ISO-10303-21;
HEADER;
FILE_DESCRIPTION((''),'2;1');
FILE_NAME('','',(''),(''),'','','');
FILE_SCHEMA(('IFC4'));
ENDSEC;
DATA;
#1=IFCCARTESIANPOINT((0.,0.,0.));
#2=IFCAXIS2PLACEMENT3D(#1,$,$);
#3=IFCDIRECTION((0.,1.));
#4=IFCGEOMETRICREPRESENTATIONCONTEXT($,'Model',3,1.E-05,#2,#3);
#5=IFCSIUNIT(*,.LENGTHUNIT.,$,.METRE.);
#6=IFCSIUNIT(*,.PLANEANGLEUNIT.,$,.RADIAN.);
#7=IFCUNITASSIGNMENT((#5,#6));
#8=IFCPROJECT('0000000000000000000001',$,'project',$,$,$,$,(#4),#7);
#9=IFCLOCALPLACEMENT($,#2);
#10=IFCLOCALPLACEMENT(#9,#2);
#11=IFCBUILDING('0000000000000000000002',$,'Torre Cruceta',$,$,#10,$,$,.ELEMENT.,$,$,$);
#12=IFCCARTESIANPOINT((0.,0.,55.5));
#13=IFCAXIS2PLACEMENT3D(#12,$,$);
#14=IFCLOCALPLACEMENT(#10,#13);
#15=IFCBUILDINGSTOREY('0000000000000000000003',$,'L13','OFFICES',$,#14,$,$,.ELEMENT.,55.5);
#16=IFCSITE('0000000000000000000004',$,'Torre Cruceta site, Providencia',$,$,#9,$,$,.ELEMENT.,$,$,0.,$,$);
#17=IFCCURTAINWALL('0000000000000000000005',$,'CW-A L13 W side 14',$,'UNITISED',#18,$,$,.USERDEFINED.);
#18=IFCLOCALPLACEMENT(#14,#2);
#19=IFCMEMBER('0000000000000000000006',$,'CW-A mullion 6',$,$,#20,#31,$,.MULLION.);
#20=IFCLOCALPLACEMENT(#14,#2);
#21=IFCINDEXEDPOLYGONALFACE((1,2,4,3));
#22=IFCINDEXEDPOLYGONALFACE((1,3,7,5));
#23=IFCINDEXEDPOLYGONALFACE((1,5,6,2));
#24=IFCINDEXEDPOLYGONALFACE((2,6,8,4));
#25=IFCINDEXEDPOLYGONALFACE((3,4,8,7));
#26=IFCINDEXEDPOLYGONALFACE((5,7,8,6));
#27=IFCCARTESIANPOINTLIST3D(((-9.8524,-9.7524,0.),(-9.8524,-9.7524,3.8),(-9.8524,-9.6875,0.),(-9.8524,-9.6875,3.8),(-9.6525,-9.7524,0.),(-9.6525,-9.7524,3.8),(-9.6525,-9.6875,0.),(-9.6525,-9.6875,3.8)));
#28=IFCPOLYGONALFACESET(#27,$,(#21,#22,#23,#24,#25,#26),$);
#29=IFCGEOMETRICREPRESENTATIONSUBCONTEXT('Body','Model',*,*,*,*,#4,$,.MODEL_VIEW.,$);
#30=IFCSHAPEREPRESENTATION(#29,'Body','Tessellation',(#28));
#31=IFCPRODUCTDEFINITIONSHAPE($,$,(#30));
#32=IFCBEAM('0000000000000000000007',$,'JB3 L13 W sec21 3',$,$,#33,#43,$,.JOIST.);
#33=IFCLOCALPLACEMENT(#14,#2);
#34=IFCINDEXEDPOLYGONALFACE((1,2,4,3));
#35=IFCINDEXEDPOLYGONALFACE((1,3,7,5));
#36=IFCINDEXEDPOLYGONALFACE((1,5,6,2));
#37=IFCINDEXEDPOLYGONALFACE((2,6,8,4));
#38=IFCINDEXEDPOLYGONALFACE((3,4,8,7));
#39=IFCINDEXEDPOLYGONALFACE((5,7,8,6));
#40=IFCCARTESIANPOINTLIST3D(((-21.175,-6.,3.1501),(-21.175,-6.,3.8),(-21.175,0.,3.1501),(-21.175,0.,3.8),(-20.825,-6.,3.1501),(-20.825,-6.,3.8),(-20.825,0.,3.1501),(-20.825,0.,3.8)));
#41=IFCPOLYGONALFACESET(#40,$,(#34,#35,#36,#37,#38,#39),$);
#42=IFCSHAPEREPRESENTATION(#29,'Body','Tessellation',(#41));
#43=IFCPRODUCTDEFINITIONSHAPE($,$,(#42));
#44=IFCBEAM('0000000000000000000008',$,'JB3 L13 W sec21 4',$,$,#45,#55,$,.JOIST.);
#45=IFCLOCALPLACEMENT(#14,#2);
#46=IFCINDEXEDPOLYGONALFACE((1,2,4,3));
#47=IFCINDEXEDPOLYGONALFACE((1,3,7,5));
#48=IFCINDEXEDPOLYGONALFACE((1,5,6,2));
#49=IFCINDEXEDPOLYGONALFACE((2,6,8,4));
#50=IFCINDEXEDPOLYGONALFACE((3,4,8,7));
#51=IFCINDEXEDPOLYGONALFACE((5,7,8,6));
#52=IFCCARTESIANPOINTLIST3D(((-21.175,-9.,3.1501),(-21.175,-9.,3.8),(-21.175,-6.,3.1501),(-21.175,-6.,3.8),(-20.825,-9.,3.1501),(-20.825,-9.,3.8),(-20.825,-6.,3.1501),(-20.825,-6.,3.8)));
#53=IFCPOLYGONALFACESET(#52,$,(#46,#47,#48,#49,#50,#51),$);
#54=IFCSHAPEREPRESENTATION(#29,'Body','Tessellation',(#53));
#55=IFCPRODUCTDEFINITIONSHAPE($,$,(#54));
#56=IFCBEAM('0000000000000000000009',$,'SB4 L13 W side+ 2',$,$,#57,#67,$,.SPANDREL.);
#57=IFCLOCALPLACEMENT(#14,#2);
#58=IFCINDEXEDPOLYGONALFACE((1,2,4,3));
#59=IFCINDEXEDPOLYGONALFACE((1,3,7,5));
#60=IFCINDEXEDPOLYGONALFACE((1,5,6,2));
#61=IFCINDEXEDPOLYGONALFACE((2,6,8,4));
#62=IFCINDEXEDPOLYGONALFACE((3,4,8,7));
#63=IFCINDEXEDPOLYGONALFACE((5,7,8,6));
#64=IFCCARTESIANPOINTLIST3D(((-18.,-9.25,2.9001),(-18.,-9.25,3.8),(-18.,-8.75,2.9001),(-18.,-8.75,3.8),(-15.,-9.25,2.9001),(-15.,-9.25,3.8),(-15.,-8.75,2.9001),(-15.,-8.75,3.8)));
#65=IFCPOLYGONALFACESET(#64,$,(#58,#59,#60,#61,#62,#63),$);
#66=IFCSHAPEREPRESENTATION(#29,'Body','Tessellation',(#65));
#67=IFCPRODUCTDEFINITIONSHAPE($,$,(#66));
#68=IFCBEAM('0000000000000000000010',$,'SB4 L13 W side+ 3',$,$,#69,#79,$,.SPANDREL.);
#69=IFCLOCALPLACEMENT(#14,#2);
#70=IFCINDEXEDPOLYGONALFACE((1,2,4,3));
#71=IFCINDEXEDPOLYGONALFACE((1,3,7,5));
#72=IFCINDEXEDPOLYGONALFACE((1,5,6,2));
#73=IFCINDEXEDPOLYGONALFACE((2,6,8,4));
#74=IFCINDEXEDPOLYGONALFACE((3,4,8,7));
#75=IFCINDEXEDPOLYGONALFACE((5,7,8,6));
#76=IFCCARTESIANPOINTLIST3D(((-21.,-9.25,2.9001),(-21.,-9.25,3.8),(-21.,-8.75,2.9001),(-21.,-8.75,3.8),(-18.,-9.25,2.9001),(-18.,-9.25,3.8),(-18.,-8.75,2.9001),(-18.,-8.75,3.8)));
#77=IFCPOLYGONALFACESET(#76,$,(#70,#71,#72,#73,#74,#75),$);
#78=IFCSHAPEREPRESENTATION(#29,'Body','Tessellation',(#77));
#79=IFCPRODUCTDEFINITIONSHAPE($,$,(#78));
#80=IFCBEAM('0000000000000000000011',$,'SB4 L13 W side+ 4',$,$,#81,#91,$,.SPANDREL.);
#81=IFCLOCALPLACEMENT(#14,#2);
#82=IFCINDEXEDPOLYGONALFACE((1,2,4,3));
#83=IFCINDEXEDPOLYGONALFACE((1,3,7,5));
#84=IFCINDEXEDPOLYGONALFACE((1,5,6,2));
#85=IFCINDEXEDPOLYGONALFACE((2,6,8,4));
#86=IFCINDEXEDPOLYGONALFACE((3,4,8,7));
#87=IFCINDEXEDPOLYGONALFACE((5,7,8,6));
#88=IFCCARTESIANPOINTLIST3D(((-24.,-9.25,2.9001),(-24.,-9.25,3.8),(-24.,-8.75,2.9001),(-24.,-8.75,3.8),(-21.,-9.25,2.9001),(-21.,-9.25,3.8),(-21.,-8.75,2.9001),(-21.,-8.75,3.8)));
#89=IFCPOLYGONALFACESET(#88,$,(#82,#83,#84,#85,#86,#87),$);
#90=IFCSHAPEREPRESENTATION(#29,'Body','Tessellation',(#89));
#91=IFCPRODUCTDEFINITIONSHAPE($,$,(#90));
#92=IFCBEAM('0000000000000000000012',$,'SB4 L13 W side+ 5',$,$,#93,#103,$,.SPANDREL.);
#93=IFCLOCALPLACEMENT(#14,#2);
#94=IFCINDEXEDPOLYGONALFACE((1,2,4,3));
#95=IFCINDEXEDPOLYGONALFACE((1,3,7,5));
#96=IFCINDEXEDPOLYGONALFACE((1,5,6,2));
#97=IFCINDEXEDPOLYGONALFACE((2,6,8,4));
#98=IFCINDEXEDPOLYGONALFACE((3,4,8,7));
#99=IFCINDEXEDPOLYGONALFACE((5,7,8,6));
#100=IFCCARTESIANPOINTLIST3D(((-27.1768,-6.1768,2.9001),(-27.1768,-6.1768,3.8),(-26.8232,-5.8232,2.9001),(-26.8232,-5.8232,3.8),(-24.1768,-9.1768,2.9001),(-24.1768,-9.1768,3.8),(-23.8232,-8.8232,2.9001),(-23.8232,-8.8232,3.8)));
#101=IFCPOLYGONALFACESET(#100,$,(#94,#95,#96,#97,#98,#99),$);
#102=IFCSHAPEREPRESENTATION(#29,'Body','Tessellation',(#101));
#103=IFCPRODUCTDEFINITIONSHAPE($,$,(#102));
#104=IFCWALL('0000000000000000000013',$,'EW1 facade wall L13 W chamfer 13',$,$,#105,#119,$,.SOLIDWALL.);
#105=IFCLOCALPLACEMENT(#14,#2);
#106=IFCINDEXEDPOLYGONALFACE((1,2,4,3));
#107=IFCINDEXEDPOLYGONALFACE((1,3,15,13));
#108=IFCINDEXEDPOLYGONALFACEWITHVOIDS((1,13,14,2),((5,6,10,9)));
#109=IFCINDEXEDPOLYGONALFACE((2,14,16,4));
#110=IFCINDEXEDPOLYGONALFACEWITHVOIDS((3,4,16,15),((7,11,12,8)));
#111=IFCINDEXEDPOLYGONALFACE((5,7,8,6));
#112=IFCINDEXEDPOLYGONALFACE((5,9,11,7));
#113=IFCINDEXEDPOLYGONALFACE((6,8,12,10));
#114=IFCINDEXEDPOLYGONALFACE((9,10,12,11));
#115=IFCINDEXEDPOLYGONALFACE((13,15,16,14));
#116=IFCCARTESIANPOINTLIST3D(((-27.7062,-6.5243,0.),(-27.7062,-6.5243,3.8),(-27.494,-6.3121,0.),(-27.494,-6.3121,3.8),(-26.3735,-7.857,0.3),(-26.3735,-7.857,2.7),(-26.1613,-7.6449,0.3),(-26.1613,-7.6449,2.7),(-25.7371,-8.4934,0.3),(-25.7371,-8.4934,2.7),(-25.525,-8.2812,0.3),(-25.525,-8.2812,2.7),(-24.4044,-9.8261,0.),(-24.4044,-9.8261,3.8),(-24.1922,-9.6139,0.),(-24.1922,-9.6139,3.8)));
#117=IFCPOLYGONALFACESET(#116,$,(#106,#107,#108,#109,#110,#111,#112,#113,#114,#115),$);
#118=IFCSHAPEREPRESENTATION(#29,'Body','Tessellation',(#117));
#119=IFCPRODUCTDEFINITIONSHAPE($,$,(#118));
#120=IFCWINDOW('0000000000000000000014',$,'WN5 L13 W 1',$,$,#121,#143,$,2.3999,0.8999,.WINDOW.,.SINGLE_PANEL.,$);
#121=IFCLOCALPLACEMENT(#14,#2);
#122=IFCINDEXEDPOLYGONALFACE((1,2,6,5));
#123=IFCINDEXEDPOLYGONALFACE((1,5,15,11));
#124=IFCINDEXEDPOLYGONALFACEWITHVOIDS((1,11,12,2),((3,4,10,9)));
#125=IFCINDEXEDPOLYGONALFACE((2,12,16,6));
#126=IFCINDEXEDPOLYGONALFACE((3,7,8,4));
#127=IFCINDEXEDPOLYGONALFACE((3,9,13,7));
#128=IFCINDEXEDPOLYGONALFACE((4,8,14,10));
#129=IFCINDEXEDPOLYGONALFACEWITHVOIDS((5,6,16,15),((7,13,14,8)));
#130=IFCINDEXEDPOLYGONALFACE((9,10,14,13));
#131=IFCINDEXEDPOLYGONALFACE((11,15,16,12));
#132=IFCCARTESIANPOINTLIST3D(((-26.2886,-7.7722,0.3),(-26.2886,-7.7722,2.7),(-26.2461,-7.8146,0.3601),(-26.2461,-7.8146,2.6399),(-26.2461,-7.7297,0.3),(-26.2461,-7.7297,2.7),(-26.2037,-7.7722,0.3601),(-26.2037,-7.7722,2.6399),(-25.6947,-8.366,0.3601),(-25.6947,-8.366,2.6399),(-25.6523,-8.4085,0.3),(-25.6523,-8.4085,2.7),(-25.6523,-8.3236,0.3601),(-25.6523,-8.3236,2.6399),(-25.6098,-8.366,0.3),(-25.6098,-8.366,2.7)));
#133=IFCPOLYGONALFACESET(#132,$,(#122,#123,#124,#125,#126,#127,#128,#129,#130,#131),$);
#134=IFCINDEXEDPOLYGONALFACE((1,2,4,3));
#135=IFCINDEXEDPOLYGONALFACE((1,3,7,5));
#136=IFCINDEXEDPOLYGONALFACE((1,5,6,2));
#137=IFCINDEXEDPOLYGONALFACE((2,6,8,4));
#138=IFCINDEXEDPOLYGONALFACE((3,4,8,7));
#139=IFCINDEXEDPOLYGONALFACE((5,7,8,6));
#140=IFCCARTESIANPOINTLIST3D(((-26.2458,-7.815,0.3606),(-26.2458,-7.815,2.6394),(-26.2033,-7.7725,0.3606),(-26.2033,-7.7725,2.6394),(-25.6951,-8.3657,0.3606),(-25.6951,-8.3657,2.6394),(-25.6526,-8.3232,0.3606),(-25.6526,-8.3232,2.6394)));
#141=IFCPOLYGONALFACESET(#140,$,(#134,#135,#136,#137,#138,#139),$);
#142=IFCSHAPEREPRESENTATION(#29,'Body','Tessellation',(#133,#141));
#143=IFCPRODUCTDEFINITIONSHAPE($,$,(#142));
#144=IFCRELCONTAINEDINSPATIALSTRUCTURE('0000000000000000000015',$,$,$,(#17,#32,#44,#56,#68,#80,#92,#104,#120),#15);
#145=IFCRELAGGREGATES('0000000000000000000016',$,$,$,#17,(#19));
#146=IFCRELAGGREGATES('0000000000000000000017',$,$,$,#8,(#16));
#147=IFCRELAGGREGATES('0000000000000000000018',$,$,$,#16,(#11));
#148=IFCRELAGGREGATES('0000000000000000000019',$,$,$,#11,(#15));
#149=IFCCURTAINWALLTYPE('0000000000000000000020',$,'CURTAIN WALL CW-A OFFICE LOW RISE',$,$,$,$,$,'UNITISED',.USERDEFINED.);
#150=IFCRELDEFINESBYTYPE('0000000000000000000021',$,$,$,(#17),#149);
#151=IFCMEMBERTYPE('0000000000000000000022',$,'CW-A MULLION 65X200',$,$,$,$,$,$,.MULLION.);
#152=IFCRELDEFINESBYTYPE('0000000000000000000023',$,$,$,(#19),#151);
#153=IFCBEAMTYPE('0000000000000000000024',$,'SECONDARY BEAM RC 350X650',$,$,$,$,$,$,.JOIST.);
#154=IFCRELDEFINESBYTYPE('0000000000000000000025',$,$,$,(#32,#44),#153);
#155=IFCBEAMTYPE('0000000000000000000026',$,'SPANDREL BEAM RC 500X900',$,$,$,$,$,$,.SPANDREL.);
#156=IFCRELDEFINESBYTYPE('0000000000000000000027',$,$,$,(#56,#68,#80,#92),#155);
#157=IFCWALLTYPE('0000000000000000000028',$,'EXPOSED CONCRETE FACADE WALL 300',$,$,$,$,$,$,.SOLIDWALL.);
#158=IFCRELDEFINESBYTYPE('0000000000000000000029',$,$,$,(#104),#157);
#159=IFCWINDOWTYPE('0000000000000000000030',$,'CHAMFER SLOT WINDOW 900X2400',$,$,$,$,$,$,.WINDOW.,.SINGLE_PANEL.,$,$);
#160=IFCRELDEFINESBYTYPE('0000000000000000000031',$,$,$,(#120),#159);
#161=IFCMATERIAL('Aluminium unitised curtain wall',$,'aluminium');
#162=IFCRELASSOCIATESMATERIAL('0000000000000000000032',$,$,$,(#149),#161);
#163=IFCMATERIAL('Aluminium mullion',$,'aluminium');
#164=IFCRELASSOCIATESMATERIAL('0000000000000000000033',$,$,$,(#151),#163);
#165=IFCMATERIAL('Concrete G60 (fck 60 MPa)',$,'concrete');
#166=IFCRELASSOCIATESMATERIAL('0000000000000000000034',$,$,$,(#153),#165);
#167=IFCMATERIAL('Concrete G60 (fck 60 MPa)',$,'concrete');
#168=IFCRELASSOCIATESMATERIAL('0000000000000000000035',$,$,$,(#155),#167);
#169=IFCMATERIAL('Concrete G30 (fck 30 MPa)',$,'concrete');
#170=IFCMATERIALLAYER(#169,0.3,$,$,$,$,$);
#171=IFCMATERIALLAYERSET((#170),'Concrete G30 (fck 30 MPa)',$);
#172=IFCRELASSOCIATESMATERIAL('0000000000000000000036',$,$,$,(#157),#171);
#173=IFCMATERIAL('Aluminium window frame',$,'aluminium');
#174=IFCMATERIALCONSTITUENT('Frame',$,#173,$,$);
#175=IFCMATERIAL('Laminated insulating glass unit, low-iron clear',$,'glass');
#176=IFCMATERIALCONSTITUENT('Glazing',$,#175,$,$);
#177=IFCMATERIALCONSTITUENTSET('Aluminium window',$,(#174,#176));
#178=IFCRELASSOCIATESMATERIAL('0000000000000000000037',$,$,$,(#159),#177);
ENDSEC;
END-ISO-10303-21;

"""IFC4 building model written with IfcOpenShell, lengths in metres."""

from ifc_helpers import new_model, si_unit, direction, frame, frame_2d, origin, origin_2d, place, context, subcontext, project, spatial, rectangle, hollow_rectangle, extrude, material, layer, layer_set, constituent, constituent_set, material_profile, profile_set, type_object, element, fill, aggregate, save


model = new_model("IFC4")

# Units and contexts
model_context = context("Model", 3, precision=1e-05, world=origin(), true_north=direction((0.0, 1.0)))
body_context = subcontext(model_context, "Body", "Model", "MODEL_VIEW")
ifc_project = project(units=[si_unit("LENGTHUNIT", "METRE"), si_unit("PLANEANGLEUNIT", "RADIAN")], contexts=[model_context])

# Site, building, storey
site_placement = place(None, origin())
site = spatial("IfcSite", under=ifc_project, at=site_placement, Name="Torre Cruceta site, Providencia", CompositionType="ELEMENT", RefElevation=0.0)
building_placement = place(site_placement, origin())
building = spatial("IfcBuilding", under=site, at=building_placement, Name="Torre Cruceta", CompositionType="ELEMENT")
storey_placement = place(building_placement, frame((0.0, 0.0, 55.5)))
storey = spatial("IfcBuildingStorey", under=building, at=storey_placement, Name="L13", Description="OFFICES", CompositionType="ELEMENT", Elevation=55.5)

# Curtain wall, member
ifc_material_1 = material(Name="Aluminium unitised curtain wall", Category="aluminium")
curtain_wall_type = type_object("IfcCurtainWallType", Name="CURTAIN WALL CW-A OFFICE LOW RISE", ElementType="UNITISED", PredefinedType="USERDEFINED", material=ifc_material_1)
curtain_wall_placement = place(storey_placement, origin())
curtain_wall = element("IfcCurtainWall", 1, at=curtain_wall_placement, inside=storey, type_object=curtain_wall_type, Name="CW-A L13 W side 14", ObjectType="UNITISED", PredefinedType="USERDEFINED")
ifc_material_2 = material(Name="Aluminium mullion", Category="aluminium")
ifc_material_profile_1 = material_profile(ifc_material_2, rectangle(XDim=0.0649, YDim=0.2, at=origin_2d()), Name="AL 65X200")
ifc_profile_set_1 = profile_set([ifc_material_profile_1], Name="Aluminium mullion")
member_type = type_object("IfcMemberType", Name="CW-A MULLION 65X200", PredefinedType="MULLION", material=ifc_profile_set_1)
member_placement = place(storey_placement, frame((-9.7524, -9.72, 0.0), z_axis=(0.0, 0.0, 1.0), x_axis=(0.0, 1.0, 0.0)))
member = element("IfcMember", 2, at=member_placement, type_object=member_type, Name="CW-A mullion 6", PredefinedType="MULLION", context=body_context, shape_type="SweptSolid", body=[
    extrude(rectangle(XDim=0.0649, YDim=0.2, at=origin_2d()), origin(), (0.0, 0.0, 1.0), 3.8),
])
aggregate(curtain_wall, [member])

# Beams
ifc_material_3 = material(Name="Concrete G60 (fck 60 MPa)", Category="concrete")
ifc_material_profile_2 = material_profile(ifc_material_3, rectangle(XDim=0.3501, YDim=0.6499, at=origin_2d()), Name="RC 350X650")
ifc_profile_set_2 = profile_set([ifc_material_profile_2], Name="Concrete G60 (fck 60 MPa)")
beam_type_1 = type_object("IfcBeamType", Name="SECONDARY BEAM RC 350X650", PredefinedType="JOIST", material=ifc_profile_set_2)
beam_1_placement = place(storey_placement, frame((-21.0, 0.0, 3.4751), z_axis=(0.0, -1.0, 0.0), x_axis=(1.0, 0.0, 0.0)))
element("IfcBeam", 3, at=beam_1_placement, inside=storey, type_object=beam_type_1, Name="JB3 L13 W sec21 3", PredefinedType="JOIST", context=body_context, shape_type="SweptSolid", body=[
    extrude(rectangle(XDim=0.3501, YDim=0.6499, at=origin_2d()), origin(), (0.0, 0.0, 1.0), 6.0),
])
beam_2_placement = place(storey_placement, frame((-21.0, -6.0, 3.4751), z_axis=(0.0, -1.0, 0.0), x_axis=(1.0, 0.0, 0.0)))
element("IfcBeam", 4, at=beam_2_placement, inside=storey, type_object=beam_type_1, Name="JB3 L13 W sec21 4", PredefinedType="JOIST", context=body_context, shape_type="SweptSolid", body=[
    extrude(rectangle(XDim=0.3501, YDim=0.6499, at=origin_2d()), origin(), (0.0, 0.0, 1.0), 3.0),
])
ifc_material_4 = material(Name="Concrete G60 (fck 60 MPa)", Category="concrete")
ifc_material_profile_3 = material_profile(ifc_material_4, rectangle(XDim=0.5, YDim=0.8999, at=origin_2d()), Name="RC 500X900")
ifc_profile_set_3 = profile_set([ifc_material_profile_3], Name="Concrete G60 (fck 60 MPa)")
beam_type_2 = type_object("IfcBeamType", Name="SPANDREL BEAM RC 500X900", PredefinedType="SPANDREL", material=ifc_profile_set_3)
for number, where, z_axis, x_axis, name in (
    (5, (-15.0, -9.0, 3.3501), (-1.0, 0.0, 0.0), (0.0, -1.0, 0.0), "SB4 L13 W side+ 2"),
    (6, (-18.0, -9.0, 3.3501), (-1.0, 0.0, 0.0), (0.0, -1.0, 0.0), "SB4 L13 W side+ 3"),
    (7, (-21.0, -9.0, 3.3501), (-1.0, 0.0, 0.0), (0.0, -1.0, 0.0), "SB4 L13 W side+ 4"),
):
    element("IfcBeam", number, at=place(storey_placement, frame(where, z_axis=z_axis, x_axis=x_axis)), inside=storey, type_object=beam_type_2, Name=name, PredefinedType="SPANDREL", context=body_context, shape_type="SweptSolid", body=[
        extrude(rectangle(XDim=0.5, YDim=0.8999, at=origin_2d()), origin(), (0.0, 0.0, 1.0), 3.0),
    ])
beam_3_placement = place(storey_placement, frame((-24.0, -9.0, 3.3501), z_axis=(-0.707107, 0.707107, 0.0), x_axis=(-0.707107, -0.707107, 0.0)))
element("IfcBeam", 8, at=beam_3_placement, inside=storey, type_object=beam_type_2, Name="SB4 L13 W side+ 5", PredefinedType="SPANDREL", context=body_context, shape_type="SweptSolid", body=[
    extrude(rectangle(XDim=0.5, YDim=0.8999, at=origin_2d()), origin(), (0.0, 0.0, 1.0), 4.2427),
])

# Wall, opening, window
ifc_material_5 = material(Name="Concrete G30 (fck 30 MPa)", Category="concrete")
ifc_layer_1 = layer(ifc_material_5, 0.3)
ifc_layer_set_1 = layer_set([ifc_layer_1], Name="Concrete G30 (fck 30 MPa)")
wall_type_1 = type_object("IfcWallType", Name="EXPOSED CONCRETE FACADE WALL 300", PredefinedType="SOLIDWALL", material=ifc_layer_set_1)
wall_1_placement = place(storey_placement, frame((-27.6001, -6.4182, 0.0), z_axis=(0.0, 0.0, 1.0), x_axis=(0.707107, -0.707107, 0.0)))
wall_1 = element("IfcWall", 9, at=wall_1_placement, inside=storey, type_object=wall_type_1, Name="EW1 facade wall L13 W chamfer 13", PredefinedType="SOLIDWALL", context=body_context, shape_type="SweptSolid", body=[
    extrude(rectangle(XDim=4.6694, YDim=0.3, at=frame_2d((2.3347, 0.0))), origin(), (0.0, 0.0, 1.0), 3.8),
])
opening_1_placement = place(wall_1_placement, frame((1.8848, 0.0, 0.3)))
opening_1 = element("IfcOpeningElement", 10, at=opening_1_placement, cuts=wall_1, PredefinedType="OPENING", context=body_context, shape_type="SweptSolid", body=[
    extrude(rectangle(XDim=0.8999, YDim=2.3999, at=frame_2d((0.45, 1.2))), frame((0.0, 0.1599, 0.0), z_axis=(0.0, -1.0, 0.0), x_axis=(1.0, 0.0, 0.0)), (0.0, 0.0, 1.0), 0.3201),
])
ifc_material_6 = material(Name="Aluminium window frame", Category="aluminium")
ifc_constituent_1 = constituent(ifc_material_6, Name="Frame")
ifc_material_7 = material(Name="Laminated insulating glass unit, low-iron clear", Category="glass")
ifc_constituent_2 = constituent(ifc_material_7, Name="Glazing")
ifc_constituent_set_1 = constituent_set(constituents=[ifc_constituent_1, ifc_constituent_2], Name="Aluminium window")
window_type = type_object("IfcWindowType", Name="CHAMFER SLOT WINDOW 900X2400", PartitioningType="SINGLE_PANEL", PredefinedType="WINDOW", material=ifc_constituent_set_1)
window_placement = place(opening_1_placement, origin())
window = element("IfcWindow", 11, at=window_placement, inside=storey, type_object=window_type, Name="WN5 L13 W 1", OverallHeight=2.3999, OverallWidth=0.8999, PartitioningType="SINGLE_PANEL", PredefinedType="WINDOW", context=body_context, shape_type="SweptSolid", body=[
    extrude(hollow_rectangle(XDim=0.8999, YDim=2.3999, WallThickness=0.0601, at=frame_2d((0.45, 1.2))), frame((0.0, 0.03, 0.0), z_axis=(0.0, -1.0, 0.0), x_axis=(1.0, 0.0, 0.0)), (0.0, 0.0, 1.0), 0.0601),
    extrude(rectangle(XDim=0.7788, YDim=2.2788, at=frame_2d((0.45, 1.2))), frame((0.0, 0.03, 0.0), z_axis=(0.0, -1.0, 0.0), x_axis=(1.0, 0.0, 0.0)), (0.0, 0.0, 1.0), 0.0601),
])
fill(opening_1, window)

save(model, "model.ifc")
